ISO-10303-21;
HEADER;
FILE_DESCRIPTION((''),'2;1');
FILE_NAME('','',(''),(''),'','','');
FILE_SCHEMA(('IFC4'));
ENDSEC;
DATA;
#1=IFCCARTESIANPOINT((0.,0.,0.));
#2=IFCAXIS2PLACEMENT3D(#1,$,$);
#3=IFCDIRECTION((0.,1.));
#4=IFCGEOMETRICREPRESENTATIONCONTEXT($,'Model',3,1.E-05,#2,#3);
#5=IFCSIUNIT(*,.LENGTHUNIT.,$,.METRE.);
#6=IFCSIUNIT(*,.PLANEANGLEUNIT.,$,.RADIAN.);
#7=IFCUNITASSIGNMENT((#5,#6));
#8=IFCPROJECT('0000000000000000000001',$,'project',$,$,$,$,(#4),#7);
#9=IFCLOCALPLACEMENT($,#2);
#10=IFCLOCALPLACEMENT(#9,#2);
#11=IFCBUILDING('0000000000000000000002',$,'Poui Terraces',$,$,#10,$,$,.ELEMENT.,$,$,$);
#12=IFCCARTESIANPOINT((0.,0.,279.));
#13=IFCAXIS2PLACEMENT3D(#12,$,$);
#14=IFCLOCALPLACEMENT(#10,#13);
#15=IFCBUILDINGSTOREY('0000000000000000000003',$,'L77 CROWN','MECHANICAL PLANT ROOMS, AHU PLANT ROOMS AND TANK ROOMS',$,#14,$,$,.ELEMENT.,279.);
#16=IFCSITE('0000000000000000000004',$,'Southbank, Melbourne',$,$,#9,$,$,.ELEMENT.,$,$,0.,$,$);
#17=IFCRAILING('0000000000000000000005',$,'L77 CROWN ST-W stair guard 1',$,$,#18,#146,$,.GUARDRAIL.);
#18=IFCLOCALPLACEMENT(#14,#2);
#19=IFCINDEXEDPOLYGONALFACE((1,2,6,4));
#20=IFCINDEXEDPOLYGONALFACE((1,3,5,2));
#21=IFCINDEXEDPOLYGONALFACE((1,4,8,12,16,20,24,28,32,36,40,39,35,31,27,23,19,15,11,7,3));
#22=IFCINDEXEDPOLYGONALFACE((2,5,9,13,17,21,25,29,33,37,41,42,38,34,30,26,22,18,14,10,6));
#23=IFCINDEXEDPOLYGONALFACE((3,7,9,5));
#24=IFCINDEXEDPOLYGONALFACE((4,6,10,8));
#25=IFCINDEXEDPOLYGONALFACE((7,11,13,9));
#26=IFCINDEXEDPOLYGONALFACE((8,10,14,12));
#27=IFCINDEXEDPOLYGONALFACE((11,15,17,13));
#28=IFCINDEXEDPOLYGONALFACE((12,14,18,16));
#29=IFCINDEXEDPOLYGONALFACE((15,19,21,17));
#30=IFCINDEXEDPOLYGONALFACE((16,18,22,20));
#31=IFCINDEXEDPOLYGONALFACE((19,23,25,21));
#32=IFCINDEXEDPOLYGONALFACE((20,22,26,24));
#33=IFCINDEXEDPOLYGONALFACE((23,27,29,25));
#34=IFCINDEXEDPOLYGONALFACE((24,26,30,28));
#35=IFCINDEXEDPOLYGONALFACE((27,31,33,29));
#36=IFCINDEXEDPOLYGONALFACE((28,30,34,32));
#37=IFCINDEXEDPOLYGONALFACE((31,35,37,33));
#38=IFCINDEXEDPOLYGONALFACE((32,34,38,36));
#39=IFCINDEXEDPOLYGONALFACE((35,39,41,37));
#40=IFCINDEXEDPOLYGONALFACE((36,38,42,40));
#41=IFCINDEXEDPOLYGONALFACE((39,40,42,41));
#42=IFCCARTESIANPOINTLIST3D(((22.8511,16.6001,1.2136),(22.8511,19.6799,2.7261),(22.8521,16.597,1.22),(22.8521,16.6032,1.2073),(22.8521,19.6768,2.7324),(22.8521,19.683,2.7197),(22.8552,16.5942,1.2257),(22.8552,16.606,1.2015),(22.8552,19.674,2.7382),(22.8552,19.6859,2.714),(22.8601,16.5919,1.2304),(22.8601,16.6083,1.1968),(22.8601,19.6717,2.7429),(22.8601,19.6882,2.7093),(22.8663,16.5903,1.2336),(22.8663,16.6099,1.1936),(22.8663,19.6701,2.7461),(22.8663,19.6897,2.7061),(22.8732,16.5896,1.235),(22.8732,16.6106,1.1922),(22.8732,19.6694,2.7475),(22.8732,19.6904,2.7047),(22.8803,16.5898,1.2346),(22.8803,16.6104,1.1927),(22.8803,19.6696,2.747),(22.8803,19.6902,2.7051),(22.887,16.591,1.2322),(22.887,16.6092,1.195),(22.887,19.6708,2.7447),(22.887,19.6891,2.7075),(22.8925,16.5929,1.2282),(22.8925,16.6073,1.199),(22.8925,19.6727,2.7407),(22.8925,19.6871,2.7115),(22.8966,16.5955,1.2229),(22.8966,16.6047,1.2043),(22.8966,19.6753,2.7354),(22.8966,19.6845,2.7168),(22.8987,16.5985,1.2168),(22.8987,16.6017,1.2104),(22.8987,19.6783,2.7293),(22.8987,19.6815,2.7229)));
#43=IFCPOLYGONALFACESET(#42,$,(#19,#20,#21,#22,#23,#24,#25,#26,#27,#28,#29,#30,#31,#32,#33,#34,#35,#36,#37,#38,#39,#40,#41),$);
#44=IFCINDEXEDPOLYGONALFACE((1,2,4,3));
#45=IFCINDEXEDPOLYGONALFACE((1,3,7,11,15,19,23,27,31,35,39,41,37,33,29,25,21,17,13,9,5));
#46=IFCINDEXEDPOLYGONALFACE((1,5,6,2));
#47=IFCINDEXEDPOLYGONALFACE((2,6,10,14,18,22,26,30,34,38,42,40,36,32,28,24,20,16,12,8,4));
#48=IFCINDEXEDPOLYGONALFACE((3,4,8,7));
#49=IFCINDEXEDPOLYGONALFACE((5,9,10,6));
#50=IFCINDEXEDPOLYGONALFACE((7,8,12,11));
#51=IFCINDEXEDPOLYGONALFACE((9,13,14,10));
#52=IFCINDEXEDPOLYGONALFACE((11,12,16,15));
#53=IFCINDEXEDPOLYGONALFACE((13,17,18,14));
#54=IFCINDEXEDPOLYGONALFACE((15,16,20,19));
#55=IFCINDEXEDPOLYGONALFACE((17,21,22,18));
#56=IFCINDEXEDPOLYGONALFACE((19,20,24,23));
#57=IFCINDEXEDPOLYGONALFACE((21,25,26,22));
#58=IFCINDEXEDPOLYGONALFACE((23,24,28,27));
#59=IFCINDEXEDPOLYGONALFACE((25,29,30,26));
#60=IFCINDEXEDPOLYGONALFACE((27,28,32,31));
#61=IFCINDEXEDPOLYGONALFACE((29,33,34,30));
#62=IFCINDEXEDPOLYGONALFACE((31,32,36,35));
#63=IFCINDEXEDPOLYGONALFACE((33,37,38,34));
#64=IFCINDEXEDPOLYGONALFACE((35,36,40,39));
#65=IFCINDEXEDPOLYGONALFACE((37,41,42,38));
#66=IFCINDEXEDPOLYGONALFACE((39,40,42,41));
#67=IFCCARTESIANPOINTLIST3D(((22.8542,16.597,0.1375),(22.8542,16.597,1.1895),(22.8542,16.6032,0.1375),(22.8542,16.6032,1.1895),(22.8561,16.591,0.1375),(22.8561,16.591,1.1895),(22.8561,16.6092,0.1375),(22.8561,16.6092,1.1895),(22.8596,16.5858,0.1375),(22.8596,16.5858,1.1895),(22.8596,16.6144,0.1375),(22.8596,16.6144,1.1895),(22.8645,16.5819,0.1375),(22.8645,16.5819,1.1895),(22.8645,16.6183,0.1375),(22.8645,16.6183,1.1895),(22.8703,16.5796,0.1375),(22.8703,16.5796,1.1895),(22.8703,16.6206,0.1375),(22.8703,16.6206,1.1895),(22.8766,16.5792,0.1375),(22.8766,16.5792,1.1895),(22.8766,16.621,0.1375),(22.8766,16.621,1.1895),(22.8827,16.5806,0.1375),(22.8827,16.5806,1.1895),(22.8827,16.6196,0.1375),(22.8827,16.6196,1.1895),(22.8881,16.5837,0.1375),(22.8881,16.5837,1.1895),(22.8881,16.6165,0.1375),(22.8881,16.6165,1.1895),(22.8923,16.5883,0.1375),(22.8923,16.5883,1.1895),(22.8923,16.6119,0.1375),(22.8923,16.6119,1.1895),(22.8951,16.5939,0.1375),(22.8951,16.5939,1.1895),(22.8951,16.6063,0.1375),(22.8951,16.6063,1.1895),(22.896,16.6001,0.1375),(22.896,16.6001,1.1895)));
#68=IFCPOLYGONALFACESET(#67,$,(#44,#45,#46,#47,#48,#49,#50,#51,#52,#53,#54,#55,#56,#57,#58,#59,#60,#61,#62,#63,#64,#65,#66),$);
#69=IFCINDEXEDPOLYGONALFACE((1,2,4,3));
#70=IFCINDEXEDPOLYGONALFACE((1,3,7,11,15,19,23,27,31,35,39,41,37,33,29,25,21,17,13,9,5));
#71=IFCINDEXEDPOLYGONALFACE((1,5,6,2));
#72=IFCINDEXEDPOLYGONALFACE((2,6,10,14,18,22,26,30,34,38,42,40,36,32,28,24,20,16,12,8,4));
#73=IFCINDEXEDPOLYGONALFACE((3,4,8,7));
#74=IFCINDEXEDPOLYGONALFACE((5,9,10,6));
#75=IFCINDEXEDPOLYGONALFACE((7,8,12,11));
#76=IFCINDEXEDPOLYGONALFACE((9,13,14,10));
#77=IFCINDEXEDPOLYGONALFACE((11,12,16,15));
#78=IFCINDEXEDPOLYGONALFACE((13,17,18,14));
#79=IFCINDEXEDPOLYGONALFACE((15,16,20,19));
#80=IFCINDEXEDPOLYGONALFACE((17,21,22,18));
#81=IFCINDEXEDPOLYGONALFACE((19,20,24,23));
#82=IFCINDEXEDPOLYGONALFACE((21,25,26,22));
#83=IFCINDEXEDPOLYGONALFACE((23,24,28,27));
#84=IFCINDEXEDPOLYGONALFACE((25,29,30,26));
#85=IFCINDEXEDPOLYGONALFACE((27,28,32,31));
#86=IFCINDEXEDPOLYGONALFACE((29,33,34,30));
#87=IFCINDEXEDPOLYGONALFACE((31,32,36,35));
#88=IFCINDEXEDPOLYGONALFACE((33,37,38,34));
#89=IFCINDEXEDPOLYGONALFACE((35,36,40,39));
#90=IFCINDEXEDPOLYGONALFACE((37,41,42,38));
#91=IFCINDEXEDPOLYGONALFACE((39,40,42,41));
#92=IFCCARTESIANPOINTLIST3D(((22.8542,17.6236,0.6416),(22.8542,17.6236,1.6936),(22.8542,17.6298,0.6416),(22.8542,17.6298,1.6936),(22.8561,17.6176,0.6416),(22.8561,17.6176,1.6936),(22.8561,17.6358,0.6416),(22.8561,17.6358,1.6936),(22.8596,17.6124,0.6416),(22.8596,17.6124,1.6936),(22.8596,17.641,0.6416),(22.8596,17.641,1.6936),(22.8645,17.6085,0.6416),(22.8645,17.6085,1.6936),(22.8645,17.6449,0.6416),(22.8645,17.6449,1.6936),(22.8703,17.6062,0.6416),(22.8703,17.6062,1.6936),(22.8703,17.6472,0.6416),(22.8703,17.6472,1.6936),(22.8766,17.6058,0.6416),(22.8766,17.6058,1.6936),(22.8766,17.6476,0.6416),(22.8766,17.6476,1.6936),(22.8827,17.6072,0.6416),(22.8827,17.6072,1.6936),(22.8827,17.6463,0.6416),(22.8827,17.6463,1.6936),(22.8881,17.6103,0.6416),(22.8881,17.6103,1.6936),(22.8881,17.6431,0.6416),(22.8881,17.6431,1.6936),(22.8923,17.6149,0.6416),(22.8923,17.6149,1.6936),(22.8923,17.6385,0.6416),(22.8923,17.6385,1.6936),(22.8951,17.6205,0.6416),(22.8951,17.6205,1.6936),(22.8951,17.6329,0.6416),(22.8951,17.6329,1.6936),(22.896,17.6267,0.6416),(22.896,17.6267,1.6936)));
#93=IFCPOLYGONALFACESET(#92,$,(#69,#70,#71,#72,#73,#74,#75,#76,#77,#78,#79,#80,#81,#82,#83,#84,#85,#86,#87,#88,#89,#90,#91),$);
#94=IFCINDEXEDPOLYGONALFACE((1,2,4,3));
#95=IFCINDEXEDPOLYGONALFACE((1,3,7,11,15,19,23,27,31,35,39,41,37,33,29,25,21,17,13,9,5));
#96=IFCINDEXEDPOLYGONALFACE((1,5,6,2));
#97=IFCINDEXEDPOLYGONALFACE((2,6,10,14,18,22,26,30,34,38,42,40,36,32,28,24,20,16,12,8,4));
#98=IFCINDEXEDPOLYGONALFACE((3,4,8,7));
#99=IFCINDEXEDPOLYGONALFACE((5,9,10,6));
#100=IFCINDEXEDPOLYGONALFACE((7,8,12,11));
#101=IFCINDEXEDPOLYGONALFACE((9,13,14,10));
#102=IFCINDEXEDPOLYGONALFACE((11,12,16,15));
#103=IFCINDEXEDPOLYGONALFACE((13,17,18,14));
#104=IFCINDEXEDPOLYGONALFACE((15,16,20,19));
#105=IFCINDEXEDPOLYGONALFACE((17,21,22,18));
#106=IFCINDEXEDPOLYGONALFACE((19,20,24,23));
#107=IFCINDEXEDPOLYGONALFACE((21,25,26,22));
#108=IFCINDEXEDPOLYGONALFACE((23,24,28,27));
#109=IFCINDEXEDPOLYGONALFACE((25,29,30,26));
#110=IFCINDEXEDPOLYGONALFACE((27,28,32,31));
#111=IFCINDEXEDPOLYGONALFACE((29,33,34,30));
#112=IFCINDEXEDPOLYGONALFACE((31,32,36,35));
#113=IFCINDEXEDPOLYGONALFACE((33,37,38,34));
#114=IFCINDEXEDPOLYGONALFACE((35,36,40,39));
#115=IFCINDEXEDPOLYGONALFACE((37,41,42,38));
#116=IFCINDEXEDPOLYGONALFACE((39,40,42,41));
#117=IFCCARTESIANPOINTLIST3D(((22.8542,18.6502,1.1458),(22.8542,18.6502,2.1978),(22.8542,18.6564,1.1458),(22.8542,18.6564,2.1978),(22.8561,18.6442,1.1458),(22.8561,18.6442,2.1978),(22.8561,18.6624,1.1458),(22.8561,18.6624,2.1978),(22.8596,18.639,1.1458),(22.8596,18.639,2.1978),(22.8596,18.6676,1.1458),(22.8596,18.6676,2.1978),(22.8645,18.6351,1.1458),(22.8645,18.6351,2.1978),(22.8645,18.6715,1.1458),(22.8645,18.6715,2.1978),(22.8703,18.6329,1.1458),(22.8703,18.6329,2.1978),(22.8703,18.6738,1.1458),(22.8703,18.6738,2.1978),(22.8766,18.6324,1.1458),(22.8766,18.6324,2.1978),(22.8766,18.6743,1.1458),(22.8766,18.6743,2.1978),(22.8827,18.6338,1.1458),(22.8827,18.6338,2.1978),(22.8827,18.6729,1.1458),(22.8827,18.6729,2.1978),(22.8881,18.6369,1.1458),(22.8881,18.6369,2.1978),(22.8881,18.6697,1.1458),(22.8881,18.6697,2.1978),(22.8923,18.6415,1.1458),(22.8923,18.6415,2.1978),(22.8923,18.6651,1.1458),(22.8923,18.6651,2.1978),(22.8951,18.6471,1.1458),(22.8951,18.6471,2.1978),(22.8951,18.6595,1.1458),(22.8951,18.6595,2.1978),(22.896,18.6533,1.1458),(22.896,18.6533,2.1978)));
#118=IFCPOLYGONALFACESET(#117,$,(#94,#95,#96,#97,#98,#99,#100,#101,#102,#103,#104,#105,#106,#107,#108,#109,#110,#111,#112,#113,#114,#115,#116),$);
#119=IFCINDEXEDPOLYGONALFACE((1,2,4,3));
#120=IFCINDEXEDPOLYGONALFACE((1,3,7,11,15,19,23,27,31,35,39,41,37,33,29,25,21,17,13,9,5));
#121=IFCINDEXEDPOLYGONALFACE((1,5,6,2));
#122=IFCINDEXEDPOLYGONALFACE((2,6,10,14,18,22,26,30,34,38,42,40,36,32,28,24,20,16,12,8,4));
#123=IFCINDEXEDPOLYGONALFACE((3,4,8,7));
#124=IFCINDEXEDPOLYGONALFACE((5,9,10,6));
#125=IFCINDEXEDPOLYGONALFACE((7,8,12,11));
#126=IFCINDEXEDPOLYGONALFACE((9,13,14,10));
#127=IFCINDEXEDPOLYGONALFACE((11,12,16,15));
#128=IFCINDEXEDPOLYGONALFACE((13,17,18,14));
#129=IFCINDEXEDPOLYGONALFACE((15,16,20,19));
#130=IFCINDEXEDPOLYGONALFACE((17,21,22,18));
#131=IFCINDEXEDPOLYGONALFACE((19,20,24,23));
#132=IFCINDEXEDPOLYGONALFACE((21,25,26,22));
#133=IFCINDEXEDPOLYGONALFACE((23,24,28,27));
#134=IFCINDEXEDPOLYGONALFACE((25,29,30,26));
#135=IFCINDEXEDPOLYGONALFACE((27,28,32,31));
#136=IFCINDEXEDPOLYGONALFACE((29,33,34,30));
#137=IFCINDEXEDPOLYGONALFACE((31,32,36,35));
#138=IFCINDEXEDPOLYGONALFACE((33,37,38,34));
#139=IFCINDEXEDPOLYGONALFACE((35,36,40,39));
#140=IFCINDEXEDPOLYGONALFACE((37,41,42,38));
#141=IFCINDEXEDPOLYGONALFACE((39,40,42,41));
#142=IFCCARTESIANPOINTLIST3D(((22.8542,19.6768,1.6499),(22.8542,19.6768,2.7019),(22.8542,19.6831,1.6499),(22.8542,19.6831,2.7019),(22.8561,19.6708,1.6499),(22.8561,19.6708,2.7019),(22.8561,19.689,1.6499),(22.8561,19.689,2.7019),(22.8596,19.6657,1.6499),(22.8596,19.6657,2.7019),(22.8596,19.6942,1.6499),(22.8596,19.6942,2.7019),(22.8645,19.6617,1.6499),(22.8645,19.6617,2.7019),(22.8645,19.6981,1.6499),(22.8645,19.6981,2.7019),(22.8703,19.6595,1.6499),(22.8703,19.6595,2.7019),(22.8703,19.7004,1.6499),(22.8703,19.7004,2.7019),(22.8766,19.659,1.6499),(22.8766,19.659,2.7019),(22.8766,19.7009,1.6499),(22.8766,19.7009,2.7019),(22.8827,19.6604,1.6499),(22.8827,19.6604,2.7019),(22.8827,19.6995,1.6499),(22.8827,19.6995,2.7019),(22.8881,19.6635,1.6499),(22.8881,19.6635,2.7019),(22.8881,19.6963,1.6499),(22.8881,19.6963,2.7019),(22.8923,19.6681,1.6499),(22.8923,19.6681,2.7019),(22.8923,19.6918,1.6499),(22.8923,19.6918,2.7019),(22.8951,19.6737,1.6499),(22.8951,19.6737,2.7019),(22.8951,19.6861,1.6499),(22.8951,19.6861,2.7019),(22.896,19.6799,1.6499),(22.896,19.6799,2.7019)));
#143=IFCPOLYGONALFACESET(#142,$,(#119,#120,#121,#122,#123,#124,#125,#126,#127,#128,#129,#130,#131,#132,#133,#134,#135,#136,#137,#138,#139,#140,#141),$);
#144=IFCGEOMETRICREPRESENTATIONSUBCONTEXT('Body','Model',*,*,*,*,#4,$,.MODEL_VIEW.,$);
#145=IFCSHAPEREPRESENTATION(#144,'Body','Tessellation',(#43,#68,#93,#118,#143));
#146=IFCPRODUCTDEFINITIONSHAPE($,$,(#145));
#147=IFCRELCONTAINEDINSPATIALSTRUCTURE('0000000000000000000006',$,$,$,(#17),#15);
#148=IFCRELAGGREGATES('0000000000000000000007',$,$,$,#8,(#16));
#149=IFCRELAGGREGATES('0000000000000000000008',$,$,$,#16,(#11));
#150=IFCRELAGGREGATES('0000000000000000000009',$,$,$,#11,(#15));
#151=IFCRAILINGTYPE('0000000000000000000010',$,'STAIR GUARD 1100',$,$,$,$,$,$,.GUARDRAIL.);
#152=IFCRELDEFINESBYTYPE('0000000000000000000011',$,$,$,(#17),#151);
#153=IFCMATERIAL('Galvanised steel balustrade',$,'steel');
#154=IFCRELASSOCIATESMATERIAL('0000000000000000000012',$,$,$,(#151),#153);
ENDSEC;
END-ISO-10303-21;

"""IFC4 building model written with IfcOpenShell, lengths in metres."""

from ifc_helpers import new_model, si_unit, direction, frame, origin, origin_2d, place, context, subcontext, project, spatial, circle, extrude, material, type_object, element, save


model = new_model("IFC4")

# Units and contexts
model_context = context("Model", 3, precision=1e-05, world=origin(), true_north=direction((0.0, 1.0)))
body_context = subcontext(model_context, "Body", "Model", "MODEL_VIEW")
ifc_project = project(units=[si_unit("LENGTHUNIT", "METRE"), si_unit("PLANEANGLEUNIT", "RADIAN")], contexts=[model_context])

# Site, building, storey
site_placement = place(None, origin())
site = spatial("IfcSite", under=ifc_project, at=site_placement, Name="Southbank, Melbourne", CompositionType="ELEMENT", RefElevation=0.0)
building_placement = place(site_placement, origin())
building = spatial("IfcBuilding", under=site, at=building_placement, Name="Poui Terraces", CompositionType="ELEMENT")
storey_placement = place(building_placement, frame((0.0, 0.0, 279.0)))
storey = spatial("IfcBuildingStorey", under=building, at=storey_placement, Name="L77 CROWN", Description="MECHANICAL PLANT ROOMS, AHU PLANT ROOMS AND TANK ROOMS", CompositionType="ELEMENT", Elevation=279.0)

# Railing
ifc_material_1 = material(Name="Galvanised steel balustrade", Category="steel")
railing_type_1 = type_object("IfcRailingType", Name="STAIR GUARD 1100", PredefinedType="GUARDRAIL", material=ifc_material_1)
railing_1_placement = place(storey_placement, frame((22.875, 16.6001, 0.1375)))
element("IfcRailing", 1, at=railing_1_placement, inside=storey, type_object=railing_type_1, Name="L77 CROWN ST-W stair guard 1", PredefinedType="GUARDRAIL", context=body_context, shape_type="SweptSolid", body=[
    extrude(circle(Radius=0.0239, at=origin_2d()), frame((0.0, 0.0, 1.0762), z_axis=(0.0, 0.897606, 0.440798), x_axis=(-1.0, 0.0, 0.0)), (0.0, 0.0, 1.0), 3.4312),
    extrude(circle(Radius=0.021, at=origin_2d()), origin(), (0.0, 0.0, 1.0), 1.052),
    extrude(circle(Radius=0.021, at=origin_2d()), frame((0.0, 1.0266, 0.5042)), (0.0, 0.0, 1.0), 1.052),
    extrude(circle(Radius=0.021, at=origin_2d()), frame((0.0, 2.0532, 1.0083)), (0.0, 0.0, 1.0), 1.052),
    extrude(circle(Radius=0.021, at=origin_2d()), frame((0.0, 3.0798, 1.5125)), (0.0, 0.0, 1.0), 1.052),
])

save(model, "model.ifc")
